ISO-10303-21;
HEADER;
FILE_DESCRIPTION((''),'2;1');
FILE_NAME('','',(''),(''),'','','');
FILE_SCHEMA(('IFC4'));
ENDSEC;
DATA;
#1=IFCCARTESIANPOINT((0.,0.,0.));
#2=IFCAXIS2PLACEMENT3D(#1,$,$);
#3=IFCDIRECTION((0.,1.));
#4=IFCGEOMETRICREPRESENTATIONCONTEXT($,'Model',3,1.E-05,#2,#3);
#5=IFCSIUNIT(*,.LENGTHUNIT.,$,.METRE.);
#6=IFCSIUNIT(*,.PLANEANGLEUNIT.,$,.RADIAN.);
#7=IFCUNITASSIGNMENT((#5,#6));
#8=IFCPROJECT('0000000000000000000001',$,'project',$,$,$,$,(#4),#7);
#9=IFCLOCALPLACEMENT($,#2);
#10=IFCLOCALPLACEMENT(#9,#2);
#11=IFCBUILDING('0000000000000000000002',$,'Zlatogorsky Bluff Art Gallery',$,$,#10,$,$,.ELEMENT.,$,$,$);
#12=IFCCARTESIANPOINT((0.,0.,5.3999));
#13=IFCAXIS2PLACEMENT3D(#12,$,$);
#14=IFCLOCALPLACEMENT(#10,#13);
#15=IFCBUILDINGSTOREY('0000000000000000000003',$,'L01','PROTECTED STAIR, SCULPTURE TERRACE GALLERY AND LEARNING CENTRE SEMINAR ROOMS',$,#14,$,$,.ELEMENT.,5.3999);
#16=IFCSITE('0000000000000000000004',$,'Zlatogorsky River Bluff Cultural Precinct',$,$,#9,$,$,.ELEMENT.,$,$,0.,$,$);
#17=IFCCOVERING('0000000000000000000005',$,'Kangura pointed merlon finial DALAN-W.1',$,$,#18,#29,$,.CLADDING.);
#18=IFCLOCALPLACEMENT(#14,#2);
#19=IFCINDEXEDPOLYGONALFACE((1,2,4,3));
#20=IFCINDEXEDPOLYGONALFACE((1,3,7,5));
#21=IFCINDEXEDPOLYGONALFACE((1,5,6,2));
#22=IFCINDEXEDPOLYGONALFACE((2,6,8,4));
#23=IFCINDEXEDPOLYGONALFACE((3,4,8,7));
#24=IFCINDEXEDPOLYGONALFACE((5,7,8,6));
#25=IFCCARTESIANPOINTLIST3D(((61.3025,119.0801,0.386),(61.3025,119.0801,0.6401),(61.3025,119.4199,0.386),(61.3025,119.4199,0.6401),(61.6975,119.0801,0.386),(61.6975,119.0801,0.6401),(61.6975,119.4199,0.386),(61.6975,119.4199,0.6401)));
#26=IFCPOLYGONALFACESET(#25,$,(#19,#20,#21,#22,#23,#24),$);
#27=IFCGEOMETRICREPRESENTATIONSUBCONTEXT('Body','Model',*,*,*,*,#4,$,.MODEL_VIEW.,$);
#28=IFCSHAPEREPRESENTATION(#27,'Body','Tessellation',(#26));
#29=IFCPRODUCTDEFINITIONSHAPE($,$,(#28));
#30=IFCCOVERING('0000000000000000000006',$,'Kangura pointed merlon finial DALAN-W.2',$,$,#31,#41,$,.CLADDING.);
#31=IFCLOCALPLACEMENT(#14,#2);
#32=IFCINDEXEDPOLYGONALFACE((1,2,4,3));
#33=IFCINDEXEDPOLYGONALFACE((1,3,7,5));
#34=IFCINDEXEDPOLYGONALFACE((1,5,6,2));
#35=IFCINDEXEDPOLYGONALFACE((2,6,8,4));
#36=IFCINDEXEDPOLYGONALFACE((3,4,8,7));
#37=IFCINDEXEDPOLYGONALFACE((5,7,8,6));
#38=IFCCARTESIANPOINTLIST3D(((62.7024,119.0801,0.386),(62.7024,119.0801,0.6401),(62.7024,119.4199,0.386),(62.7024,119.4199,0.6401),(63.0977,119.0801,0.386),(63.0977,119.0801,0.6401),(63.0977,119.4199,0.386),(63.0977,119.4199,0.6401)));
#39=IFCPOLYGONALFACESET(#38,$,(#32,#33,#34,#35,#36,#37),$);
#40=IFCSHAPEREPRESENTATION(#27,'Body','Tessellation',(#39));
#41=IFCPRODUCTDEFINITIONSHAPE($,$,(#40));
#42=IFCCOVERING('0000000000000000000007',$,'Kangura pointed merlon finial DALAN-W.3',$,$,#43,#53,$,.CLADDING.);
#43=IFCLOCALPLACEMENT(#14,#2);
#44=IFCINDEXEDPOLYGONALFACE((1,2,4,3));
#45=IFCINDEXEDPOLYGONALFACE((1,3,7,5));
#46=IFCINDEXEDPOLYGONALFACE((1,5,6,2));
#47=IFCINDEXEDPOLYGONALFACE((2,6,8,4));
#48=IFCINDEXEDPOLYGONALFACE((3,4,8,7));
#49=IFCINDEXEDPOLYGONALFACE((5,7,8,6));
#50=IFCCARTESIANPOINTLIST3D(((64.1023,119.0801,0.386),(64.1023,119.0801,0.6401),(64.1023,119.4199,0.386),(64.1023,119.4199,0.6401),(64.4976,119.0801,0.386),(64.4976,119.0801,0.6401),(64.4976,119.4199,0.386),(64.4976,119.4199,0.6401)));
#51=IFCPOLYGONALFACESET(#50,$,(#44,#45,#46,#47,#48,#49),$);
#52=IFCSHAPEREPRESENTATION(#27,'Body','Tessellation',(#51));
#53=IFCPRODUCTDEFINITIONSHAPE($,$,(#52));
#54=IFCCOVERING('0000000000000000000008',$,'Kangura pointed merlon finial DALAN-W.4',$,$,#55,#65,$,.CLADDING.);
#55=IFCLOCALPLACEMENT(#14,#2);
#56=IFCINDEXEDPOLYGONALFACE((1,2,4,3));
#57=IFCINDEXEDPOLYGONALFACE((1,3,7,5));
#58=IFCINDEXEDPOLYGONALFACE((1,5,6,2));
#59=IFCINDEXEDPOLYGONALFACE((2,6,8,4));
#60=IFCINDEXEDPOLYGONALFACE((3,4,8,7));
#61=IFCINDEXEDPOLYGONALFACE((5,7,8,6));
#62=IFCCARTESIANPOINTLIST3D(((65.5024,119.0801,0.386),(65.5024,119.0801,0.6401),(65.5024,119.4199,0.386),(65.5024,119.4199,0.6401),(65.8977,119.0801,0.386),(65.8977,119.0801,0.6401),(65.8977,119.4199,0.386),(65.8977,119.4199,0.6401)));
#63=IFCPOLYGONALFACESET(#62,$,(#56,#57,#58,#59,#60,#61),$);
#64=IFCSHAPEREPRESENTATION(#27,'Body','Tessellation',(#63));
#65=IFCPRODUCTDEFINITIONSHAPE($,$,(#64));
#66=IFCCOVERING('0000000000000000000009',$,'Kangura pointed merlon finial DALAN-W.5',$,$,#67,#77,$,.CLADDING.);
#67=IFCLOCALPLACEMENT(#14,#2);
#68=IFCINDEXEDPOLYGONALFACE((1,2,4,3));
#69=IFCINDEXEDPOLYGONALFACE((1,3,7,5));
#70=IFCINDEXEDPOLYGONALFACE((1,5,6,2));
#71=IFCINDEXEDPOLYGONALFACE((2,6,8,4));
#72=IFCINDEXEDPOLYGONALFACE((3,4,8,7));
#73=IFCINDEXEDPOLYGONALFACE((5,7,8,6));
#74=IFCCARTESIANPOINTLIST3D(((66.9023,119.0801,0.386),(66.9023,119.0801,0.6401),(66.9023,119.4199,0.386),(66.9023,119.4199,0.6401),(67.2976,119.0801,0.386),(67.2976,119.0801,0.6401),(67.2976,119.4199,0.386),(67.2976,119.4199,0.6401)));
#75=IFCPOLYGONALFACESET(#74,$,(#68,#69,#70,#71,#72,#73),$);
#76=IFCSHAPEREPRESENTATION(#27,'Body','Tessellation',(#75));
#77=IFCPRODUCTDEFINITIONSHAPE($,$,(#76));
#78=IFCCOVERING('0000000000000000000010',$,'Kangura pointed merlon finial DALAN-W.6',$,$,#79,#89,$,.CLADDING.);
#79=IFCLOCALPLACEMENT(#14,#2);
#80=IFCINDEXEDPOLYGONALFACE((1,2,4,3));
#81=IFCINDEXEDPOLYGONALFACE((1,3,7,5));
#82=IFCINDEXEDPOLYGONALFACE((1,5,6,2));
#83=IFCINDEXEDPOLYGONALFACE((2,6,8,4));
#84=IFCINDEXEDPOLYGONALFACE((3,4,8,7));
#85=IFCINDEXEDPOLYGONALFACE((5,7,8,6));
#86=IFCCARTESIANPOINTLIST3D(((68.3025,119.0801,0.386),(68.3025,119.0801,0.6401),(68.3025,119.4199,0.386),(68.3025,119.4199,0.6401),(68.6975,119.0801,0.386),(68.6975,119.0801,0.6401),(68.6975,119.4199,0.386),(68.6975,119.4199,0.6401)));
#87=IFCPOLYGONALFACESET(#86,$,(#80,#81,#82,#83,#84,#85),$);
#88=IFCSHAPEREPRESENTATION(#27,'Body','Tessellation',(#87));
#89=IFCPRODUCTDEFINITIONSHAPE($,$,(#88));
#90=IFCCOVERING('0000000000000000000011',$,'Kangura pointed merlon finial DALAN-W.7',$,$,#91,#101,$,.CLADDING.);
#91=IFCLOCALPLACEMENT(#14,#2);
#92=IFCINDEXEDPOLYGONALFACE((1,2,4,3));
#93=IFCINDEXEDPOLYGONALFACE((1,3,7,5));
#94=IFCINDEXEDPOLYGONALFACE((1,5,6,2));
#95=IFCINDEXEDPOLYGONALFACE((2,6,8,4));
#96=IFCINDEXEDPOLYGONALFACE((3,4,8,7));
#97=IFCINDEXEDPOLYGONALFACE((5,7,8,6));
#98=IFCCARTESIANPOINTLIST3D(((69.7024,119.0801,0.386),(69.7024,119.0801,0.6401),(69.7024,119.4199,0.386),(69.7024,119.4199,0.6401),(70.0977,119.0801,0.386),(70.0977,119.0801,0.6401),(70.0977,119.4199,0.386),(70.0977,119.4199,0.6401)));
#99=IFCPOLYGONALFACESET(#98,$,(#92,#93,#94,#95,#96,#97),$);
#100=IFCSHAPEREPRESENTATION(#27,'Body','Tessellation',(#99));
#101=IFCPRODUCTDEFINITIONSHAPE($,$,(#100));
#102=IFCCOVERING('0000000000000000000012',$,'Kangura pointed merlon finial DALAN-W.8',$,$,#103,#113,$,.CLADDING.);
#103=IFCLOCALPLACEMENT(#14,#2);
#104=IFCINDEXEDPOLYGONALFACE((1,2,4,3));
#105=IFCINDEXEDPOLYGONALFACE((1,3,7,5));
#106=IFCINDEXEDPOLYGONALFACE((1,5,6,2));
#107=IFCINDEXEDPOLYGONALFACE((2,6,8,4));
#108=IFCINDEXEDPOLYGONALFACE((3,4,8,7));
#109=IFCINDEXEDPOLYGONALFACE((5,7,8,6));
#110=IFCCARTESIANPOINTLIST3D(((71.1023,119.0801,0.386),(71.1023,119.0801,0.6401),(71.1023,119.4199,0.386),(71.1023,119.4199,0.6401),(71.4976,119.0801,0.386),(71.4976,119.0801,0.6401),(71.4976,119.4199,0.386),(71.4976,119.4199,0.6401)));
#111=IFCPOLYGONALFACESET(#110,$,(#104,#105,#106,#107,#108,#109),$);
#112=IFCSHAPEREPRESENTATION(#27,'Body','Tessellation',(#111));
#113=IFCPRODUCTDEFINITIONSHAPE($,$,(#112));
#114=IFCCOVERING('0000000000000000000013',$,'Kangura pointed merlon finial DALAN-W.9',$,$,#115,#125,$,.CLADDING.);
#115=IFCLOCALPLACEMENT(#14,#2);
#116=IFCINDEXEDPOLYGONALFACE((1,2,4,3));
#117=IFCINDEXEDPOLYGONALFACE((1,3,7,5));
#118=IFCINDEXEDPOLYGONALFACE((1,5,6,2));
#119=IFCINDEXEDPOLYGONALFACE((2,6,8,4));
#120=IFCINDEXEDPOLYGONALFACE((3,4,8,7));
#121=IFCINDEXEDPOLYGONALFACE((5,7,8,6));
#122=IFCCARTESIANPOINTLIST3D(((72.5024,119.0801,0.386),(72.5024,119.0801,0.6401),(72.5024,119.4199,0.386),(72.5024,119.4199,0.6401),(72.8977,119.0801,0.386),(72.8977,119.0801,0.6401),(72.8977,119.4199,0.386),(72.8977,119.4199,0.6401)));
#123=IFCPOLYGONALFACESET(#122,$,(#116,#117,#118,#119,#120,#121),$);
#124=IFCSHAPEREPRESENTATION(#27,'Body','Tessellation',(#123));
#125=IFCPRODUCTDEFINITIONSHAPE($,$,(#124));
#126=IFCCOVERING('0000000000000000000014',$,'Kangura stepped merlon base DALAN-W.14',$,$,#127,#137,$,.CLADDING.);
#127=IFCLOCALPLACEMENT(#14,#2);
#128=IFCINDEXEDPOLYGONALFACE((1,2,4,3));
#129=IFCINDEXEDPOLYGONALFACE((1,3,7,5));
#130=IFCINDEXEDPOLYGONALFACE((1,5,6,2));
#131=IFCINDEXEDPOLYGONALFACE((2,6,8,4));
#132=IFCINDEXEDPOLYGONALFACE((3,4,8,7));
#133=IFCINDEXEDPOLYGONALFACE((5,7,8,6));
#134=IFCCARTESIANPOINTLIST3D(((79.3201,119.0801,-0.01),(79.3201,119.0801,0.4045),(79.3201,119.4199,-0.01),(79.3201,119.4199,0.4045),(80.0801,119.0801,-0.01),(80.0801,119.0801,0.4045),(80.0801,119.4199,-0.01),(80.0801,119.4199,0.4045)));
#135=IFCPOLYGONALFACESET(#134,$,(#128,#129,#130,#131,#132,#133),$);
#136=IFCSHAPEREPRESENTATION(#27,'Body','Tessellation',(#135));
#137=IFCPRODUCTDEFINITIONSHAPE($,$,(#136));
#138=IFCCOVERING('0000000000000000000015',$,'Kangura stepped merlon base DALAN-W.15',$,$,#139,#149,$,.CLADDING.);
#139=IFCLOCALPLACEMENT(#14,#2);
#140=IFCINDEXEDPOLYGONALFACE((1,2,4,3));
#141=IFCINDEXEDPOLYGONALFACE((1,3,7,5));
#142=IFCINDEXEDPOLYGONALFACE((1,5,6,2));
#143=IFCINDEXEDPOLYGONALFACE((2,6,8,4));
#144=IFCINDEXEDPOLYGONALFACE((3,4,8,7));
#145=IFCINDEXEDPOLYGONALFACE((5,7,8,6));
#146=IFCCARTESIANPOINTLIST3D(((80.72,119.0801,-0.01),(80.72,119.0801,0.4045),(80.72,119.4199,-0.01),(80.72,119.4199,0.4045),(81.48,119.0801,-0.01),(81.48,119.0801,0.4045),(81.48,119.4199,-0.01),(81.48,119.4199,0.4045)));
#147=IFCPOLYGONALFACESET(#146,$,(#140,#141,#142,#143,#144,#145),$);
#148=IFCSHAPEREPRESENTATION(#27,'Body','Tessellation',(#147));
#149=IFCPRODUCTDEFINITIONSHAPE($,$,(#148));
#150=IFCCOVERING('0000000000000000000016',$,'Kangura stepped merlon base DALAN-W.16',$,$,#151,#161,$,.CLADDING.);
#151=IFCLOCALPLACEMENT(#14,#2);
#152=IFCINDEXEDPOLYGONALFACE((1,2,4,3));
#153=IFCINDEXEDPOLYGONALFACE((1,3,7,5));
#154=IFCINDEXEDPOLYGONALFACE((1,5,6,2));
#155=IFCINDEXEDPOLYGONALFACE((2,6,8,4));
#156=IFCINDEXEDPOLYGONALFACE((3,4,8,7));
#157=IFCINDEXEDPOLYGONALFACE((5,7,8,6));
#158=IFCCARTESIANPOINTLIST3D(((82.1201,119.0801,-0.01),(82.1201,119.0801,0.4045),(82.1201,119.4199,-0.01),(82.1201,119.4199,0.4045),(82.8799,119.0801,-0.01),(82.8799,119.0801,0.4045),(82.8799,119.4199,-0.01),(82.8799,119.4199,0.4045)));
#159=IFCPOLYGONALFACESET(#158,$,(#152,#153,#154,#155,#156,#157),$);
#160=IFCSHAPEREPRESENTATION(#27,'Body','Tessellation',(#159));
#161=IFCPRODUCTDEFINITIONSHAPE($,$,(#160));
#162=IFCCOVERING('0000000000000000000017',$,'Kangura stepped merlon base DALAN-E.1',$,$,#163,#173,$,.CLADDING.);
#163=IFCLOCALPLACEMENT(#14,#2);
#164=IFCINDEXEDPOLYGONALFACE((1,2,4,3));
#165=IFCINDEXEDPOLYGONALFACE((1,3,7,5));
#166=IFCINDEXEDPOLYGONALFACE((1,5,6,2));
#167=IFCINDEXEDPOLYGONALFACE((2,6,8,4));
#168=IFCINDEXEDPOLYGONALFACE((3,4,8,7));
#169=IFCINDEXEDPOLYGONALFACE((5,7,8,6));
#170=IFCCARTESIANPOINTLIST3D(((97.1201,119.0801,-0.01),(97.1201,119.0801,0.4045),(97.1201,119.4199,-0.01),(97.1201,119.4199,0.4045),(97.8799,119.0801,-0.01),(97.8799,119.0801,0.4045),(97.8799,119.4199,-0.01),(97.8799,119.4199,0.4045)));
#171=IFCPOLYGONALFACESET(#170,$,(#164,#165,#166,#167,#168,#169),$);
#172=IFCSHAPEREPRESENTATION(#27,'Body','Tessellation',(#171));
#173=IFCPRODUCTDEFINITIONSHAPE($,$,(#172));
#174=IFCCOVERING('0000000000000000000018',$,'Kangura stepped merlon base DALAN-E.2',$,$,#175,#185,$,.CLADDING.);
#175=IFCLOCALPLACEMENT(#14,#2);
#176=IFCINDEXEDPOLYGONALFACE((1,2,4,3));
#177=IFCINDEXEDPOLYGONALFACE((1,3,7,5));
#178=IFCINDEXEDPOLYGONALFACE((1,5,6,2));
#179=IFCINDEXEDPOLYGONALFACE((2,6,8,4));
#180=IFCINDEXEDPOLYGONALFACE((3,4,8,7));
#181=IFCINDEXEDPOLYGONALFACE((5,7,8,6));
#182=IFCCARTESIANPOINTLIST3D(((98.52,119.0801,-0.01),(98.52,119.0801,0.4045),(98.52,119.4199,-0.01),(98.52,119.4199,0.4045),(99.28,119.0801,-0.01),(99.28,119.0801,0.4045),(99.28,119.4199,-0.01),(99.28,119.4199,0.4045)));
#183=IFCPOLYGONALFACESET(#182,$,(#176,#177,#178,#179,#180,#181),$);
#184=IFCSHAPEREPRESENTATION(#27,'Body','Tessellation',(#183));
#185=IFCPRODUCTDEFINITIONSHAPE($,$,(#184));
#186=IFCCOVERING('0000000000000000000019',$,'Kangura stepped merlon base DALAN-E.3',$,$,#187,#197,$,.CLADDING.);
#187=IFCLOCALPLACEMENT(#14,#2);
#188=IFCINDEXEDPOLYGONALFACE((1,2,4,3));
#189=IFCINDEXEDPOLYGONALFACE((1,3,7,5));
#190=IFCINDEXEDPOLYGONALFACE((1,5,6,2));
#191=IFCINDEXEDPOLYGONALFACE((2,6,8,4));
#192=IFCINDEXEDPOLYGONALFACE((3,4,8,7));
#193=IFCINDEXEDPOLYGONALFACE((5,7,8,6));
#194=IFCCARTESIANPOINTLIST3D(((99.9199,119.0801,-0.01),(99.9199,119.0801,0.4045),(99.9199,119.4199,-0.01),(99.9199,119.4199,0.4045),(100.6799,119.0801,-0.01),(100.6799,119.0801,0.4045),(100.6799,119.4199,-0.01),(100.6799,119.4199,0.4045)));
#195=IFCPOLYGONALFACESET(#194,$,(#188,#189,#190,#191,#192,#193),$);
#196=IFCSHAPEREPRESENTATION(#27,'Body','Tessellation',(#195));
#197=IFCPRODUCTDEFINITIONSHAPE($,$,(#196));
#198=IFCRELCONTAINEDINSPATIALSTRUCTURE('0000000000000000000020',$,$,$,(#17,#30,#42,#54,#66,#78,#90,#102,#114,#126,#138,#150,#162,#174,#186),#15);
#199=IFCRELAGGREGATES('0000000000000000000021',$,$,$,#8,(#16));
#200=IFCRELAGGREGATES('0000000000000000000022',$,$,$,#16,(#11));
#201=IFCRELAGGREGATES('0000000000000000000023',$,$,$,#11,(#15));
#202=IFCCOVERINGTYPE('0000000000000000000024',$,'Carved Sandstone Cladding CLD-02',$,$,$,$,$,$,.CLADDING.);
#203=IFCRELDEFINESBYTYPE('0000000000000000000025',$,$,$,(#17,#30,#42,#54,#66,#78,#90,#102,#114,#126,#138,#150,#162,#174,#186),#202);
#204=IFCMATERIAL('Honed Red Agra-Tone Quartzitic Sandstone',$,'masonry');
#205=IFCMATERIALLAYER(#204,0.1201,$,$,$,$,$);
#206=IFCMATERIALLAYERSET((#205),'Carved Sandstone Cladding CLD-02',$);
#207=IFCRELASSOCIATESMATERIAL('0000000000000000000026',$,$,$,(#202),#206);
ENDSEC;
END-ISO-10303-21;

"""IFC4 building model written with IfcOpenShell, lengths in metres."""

from ifc_helpers import new_model, si_unit, direction, frame, origin, place, context, subcontext, project, spatial, polyline, outline, extrude, material, layer, layer_set, type_object, element, save


model = new_model("IFC4")

# Units and contexts
model_context = context("Model", 3, precision=1e-05, world=origin(), true_north=direction((0.0, 1.0)))
body_context = subcontext(model_context, "Body", "Model", "MODEL_VIEW")
ifc_project = project(units=[si_unit("LENGTHUNIT", "METRE"), si_unit("PLANEANGLEUNIT", "RADIAN")], contexts=[model_context])

# Site, building, storey
site_placement = place(None, origin())
site = spatial("IfcSite", under=ifc_project, at=site_placement, Name="Zlatogorsky River Bluff Cultural Precinct", CompositionType="ELEMENT", RefElevation=0.0)
building_placement = place(site_placement, origin())
building = spatial("IfcBuilding", under=site, at=building_placement, Name="Zlatogorsky Bluff Art Gallery", CompositionType="ELEMENT")
storey_placement = place(building_placement, frame((0.0, 0.0, 5.3999)))
storey = spatial("IfcBuildingStorey", under=building, at=storey_placement, Name="L01", Description="PROTECTED STAIR, SCULPTURE TERRACE GALLERY AND LEARNING CENTRE SEMINAR ROOMS", CompositionType="ELEMENT", Elevation=5.3999)

# Coverings
ifc_material_1 = material(Name="Honed Red Agra-Tone Quartzitic Sandstone", Category="masonry")
ifc_layer_1 = layer(ifc_material_1, 0.1201)
ifc_layer_set_1 = layer_set([ifc_layer_1], Name="Carved Sandstone Cladding CLD-02")
covering_type_1 = type_object("IfcCoveringType", Name="Carved Sandstone Cladding CLD-02", PredefinedType="CLADDING", material=ifc_layer_set_1)
covering_1_placement = place(storey_placement, frame((0.0, 0.0, 0.386)))
element("IfcCovering", 1, at=covering_1_placement, inside=storey, type_object=covering_type_1, Name="Kangura pointed merlon finial DALAN-W.1", PredefinedType="CLADDING", context=body_context, shape_type="SweptSolid", body=[
    extrude(outline(polyline([(61.3025, 119.0801), (61.6975, 119.0801), (61.6975, 119.4199), (61.3025, 119.4199), (61.3025, 119.0801)])), origin(), (0.0, 0.0, 1.0), 0.2542),
])
covering_2_placement = place(storey_placement, frame((0.0, 0.0, 0.386)))
element("IfcCovering", 2, at=covering_2_placement, inside=storey, type_object=covering_type_1, Name="Kangura pointed merlon finial DALAN-W.2", PredefinedType="CLADDING", context=body_context, shape_type="SweptSolid", body=[
    extrude(outline(polyline([(62.7024, 119.0801), (63.0977, 119.0801), (63.0977, 119.4199), (62.7024, 119.4199), (62.7024, 119.0801)])), origin(), (0.0, 0.0, 1.0), 0.2542),
])
covering_3_placement = place(storey_placement, frame((0.0, 0.0, 0.386)))
element("IfcCovering", 3, at=covering_3_placement, inside=storey, type_object=covering_type_1, Name="Kangura pointed merlon finial DALAN-W.3", PredefinedType="CLADDING", context=body_context, shape_type="SweptSolid", body=[
    extrude(outline(polyline([(64.1023, 119.0801), (64.4976, 119.0801), (64.4976, 119.4199), (64.1023, 119.4199), (64.1023, 119.0801)])), origin(), (0.0, 0.0, 1.0), 0.2542),
])
covering_4_placement = place(storey_placement, frame((0.0, 0.0, 0.386)))
element("IfcCovering", 4, at=covering_4_placement, inside=storey, type_object=covering_type_1, Name="Kangura pointed merlon finial DALAN-W.4", PredefinedType="CLADDING", context=body_context, shape_type="SweptSolid", body=[
    extrude(outline(polyline([(65.5024, 119.0801), (65.8977, 119.0801), (65.8977, 119.4199), (65.5024, 119.4199), (65.5024, 119.0801)])), origin(), (0.0, 0.0, 1.0), 0.2542),
])
covering_5_placement = place(storey_placement, frame((0.0, 0.0, 0.386)))
element("IfcCovering", 5, at=covering_5_placement, inside=storey, type_object=covering_type_1, Name="Kangura pointed merlon finial DALAN-W.5", PredefinedType="CLADDING", context=body_context, shape_type="SweptSolid", body=[
    extrude(outline(polyline([(66.9023, 119.0801), (67.2976, 119.0801), (67.2976, 119.4199), (66.9023, 119.4199), (66.9023, 119.0801)])), origin(), (0.0, 0.0, 1.0), 0.2542),
])
covering_6_placement = place(storey_placement, frame((0.0, 0.0, 0.386)))
element("IfcCovering", 6, at=covering_6_placement, inside=storey, type_object=covering_type_1, Name="Kangura pointed merlon finial DALAN-W.6", PredefinedType="CLADDING", context=body_context, shape_type="SweptSolid", body=[
    extrude(outline(polyline([(68.3025, 119.0801), (68.6975, 119.0801), (68.6975, 119.4199), (68.3025, 119.4199), (68.3025, 119.0801)])), origin(), (0.0, 0.0, 1.0), 0.2542),
])
covering_7_placement = place(storey_placement, frame((0.0, 0.0, 0.386)))
element("IfcCovering", 7, at=covering_7_placement, inside=storey, type_object=covering_type_1, Name="Kangura pointed merlon finial DALAN-W.7", PredefinedType="CLADDING", context=body_context, shape_type="SweptSolid", body=[
    extrude(outline(polyline([(69.7024, 119.0801), (70.0977, 119.0801), (70.0977, 119.4199), (69.7024, 119.4199), (69.7024, 119.0801)])), origin(), (0.0, 0.0, 1.0), 0.2542),
])
covering_8_placement = place(storey_placement, frame((0.0, 0.0, 0.386)))
element("IfcCovering", 8, at=covering_8_placement, inside=storey, type_object=covering_type_1, Name="Kangura pointed merlon finial DALAN-W.8", PredefinedType="CLADDING", context=body_context, shape_type="SweptSolid", body=[
    extrude(outline(polyline([(71.1023, 119.0801), (71.4976, 119.0801), (71.4976, 119.4199), (71.1023, 119.4199), (71.1023, 119.0801)])), origin(), (0.0, 0.0, 1.0), 0.2542),
])
covering_9_placement = place(storey_placement, frame((0.0, 0.0, 0.386)))
element("IfcCovering", 9, at=covering_9_placement, inside=storey, type_object=covering_type_1, Name="Kangura pointed merlon finial DALAN-W.9", PredefinedType="CLADDING", context=body_context, shape_type="SweptSolid", body=[
    extrude(outline(polyline([(72.5024, 119.0801), (72.8977, 119.0801), (72.8977, 119.4199), (72.5024, 119.4199), (72.5024, 119.0801)])), origin(), (0.0, 0.0, 1.0), 0.2542),
])
covering_10_placement = place(storey_placement, frame((0.0, 0.0, -0.01)))
element("IfcCovering", 10, at=covering_10_placement, inside=storey, type_object=covering_type_1, Name="Kangura stepped merlon base DALAN-W.14", PredefinedType="CLADDING", context=body_context, shape_type="SweptSolid", body=[
    extrude(outline(polyline([(79.3201, 119.0801), (80.0801, 119.0801), (80.0801, 119.4199), (79.3201, 119.4199), (79.3201, 119.0801)])), origin(), (0.0, 0.0, 1.0), 0.4146),
])
covering_11_placement = place(storey_placement, frame((0.0, 0.0, -0.01)))
element("IfcCovering", 11, at=covering_11_placement, inside=storey, type_object=covering_type_1, Name="Kangura stepped merlon base DALAN-W.15", PredefinedType="CLADDING", context=body_context, shape_type="SweptSolid", body=[
    extrude(outline(polyline([(80.72, 119.0801), (81.48, 119.0801), (81.48, 119.4199), (80.72, 119.4199), (80.72, 119.0801)])), origin(), (0.0, 0.0, 1.0), 0.4146),
])
covering_12_placement = place(storey_placement, frame((0.0, 0.0, -0.01)))
element("IfcCovering", 12, at=covering_12_placement, inside=storey, type_object=covering_type_1, Name="Kangura stepped merlon base DALAN-W.16", PredefinedType="CLADDING", context=body_context, shape_type="SweptSolid", body=[
    extrude(outline(polyline([(82.1201, 119.0801), (82.8799, 119.0801), (82.8799, 119.4199), (82.1201, 119.4199), (82.1201, 119.0801)])), origin(), (0.0, 0.0, 1.0), 0.4146),
])
covering_13_placement = place(storey_placement, frame((0.0, 0.0, -0.01)))
element("IfcCovering", 13, at=covering_13_placement, inside=storey, type_object=covering_type_1, Name="Kangura stepped merlon base DALAN-E.1", PredefinedType="CLADDING", context=body_context, shape_type="SweptSolid", body=[
    extrude(outline(polyline([(97.1201, 119.0801), (97.8799, 119.0801), (97.8799, 119.4199), (97.1201, 119.4199), (97.1201, 119.0801)])), origin(), (0.0, 0.0, 1.0), 0.4146),
])
covering_14_placement = place(storey_placement, frame((0.0, 0.0, -0.01)))
element("IfcCovering", 14, at=covering_14_placement, inside=storey, type_object=covering_type_1, Name="Kangura stepped merlon base DALAN-E.2", PredefinedType="CLADDING", context=body_context, shape_type="SweptSolid", body=[
    extrude(outline(polyline([(98.52, 119.0801), (99.28, 119.0801), (99.28, 119.4199), (98.52, 119.4199), (98.52, 119.0801)])), origin(), (0.0, 0.0, 1.0), 0.4146),
])
covering_15_placement = place(storey_placement, frame((0.0, 0.0, -0.01)))
element("IfcCovering", 15, at=covering_15_placement, inside=storey, type_object=covering_type_1, Name="Kangura stepped merlon base DALAN-E.3", PredefinedType="CLADDING", context=body_context, shape_type="SweptSolid", body=[
    extrude(outline(polyline([(99.9199, 119.0801), (100.6799, 119.0801), (100.6799, 119.4199), (99.9199, 119.4199), (99.9199, 119.0801)])), origin(), (0.0, 0.0, 1.0), 0.4146),
])

save(model, "model.ifc")
